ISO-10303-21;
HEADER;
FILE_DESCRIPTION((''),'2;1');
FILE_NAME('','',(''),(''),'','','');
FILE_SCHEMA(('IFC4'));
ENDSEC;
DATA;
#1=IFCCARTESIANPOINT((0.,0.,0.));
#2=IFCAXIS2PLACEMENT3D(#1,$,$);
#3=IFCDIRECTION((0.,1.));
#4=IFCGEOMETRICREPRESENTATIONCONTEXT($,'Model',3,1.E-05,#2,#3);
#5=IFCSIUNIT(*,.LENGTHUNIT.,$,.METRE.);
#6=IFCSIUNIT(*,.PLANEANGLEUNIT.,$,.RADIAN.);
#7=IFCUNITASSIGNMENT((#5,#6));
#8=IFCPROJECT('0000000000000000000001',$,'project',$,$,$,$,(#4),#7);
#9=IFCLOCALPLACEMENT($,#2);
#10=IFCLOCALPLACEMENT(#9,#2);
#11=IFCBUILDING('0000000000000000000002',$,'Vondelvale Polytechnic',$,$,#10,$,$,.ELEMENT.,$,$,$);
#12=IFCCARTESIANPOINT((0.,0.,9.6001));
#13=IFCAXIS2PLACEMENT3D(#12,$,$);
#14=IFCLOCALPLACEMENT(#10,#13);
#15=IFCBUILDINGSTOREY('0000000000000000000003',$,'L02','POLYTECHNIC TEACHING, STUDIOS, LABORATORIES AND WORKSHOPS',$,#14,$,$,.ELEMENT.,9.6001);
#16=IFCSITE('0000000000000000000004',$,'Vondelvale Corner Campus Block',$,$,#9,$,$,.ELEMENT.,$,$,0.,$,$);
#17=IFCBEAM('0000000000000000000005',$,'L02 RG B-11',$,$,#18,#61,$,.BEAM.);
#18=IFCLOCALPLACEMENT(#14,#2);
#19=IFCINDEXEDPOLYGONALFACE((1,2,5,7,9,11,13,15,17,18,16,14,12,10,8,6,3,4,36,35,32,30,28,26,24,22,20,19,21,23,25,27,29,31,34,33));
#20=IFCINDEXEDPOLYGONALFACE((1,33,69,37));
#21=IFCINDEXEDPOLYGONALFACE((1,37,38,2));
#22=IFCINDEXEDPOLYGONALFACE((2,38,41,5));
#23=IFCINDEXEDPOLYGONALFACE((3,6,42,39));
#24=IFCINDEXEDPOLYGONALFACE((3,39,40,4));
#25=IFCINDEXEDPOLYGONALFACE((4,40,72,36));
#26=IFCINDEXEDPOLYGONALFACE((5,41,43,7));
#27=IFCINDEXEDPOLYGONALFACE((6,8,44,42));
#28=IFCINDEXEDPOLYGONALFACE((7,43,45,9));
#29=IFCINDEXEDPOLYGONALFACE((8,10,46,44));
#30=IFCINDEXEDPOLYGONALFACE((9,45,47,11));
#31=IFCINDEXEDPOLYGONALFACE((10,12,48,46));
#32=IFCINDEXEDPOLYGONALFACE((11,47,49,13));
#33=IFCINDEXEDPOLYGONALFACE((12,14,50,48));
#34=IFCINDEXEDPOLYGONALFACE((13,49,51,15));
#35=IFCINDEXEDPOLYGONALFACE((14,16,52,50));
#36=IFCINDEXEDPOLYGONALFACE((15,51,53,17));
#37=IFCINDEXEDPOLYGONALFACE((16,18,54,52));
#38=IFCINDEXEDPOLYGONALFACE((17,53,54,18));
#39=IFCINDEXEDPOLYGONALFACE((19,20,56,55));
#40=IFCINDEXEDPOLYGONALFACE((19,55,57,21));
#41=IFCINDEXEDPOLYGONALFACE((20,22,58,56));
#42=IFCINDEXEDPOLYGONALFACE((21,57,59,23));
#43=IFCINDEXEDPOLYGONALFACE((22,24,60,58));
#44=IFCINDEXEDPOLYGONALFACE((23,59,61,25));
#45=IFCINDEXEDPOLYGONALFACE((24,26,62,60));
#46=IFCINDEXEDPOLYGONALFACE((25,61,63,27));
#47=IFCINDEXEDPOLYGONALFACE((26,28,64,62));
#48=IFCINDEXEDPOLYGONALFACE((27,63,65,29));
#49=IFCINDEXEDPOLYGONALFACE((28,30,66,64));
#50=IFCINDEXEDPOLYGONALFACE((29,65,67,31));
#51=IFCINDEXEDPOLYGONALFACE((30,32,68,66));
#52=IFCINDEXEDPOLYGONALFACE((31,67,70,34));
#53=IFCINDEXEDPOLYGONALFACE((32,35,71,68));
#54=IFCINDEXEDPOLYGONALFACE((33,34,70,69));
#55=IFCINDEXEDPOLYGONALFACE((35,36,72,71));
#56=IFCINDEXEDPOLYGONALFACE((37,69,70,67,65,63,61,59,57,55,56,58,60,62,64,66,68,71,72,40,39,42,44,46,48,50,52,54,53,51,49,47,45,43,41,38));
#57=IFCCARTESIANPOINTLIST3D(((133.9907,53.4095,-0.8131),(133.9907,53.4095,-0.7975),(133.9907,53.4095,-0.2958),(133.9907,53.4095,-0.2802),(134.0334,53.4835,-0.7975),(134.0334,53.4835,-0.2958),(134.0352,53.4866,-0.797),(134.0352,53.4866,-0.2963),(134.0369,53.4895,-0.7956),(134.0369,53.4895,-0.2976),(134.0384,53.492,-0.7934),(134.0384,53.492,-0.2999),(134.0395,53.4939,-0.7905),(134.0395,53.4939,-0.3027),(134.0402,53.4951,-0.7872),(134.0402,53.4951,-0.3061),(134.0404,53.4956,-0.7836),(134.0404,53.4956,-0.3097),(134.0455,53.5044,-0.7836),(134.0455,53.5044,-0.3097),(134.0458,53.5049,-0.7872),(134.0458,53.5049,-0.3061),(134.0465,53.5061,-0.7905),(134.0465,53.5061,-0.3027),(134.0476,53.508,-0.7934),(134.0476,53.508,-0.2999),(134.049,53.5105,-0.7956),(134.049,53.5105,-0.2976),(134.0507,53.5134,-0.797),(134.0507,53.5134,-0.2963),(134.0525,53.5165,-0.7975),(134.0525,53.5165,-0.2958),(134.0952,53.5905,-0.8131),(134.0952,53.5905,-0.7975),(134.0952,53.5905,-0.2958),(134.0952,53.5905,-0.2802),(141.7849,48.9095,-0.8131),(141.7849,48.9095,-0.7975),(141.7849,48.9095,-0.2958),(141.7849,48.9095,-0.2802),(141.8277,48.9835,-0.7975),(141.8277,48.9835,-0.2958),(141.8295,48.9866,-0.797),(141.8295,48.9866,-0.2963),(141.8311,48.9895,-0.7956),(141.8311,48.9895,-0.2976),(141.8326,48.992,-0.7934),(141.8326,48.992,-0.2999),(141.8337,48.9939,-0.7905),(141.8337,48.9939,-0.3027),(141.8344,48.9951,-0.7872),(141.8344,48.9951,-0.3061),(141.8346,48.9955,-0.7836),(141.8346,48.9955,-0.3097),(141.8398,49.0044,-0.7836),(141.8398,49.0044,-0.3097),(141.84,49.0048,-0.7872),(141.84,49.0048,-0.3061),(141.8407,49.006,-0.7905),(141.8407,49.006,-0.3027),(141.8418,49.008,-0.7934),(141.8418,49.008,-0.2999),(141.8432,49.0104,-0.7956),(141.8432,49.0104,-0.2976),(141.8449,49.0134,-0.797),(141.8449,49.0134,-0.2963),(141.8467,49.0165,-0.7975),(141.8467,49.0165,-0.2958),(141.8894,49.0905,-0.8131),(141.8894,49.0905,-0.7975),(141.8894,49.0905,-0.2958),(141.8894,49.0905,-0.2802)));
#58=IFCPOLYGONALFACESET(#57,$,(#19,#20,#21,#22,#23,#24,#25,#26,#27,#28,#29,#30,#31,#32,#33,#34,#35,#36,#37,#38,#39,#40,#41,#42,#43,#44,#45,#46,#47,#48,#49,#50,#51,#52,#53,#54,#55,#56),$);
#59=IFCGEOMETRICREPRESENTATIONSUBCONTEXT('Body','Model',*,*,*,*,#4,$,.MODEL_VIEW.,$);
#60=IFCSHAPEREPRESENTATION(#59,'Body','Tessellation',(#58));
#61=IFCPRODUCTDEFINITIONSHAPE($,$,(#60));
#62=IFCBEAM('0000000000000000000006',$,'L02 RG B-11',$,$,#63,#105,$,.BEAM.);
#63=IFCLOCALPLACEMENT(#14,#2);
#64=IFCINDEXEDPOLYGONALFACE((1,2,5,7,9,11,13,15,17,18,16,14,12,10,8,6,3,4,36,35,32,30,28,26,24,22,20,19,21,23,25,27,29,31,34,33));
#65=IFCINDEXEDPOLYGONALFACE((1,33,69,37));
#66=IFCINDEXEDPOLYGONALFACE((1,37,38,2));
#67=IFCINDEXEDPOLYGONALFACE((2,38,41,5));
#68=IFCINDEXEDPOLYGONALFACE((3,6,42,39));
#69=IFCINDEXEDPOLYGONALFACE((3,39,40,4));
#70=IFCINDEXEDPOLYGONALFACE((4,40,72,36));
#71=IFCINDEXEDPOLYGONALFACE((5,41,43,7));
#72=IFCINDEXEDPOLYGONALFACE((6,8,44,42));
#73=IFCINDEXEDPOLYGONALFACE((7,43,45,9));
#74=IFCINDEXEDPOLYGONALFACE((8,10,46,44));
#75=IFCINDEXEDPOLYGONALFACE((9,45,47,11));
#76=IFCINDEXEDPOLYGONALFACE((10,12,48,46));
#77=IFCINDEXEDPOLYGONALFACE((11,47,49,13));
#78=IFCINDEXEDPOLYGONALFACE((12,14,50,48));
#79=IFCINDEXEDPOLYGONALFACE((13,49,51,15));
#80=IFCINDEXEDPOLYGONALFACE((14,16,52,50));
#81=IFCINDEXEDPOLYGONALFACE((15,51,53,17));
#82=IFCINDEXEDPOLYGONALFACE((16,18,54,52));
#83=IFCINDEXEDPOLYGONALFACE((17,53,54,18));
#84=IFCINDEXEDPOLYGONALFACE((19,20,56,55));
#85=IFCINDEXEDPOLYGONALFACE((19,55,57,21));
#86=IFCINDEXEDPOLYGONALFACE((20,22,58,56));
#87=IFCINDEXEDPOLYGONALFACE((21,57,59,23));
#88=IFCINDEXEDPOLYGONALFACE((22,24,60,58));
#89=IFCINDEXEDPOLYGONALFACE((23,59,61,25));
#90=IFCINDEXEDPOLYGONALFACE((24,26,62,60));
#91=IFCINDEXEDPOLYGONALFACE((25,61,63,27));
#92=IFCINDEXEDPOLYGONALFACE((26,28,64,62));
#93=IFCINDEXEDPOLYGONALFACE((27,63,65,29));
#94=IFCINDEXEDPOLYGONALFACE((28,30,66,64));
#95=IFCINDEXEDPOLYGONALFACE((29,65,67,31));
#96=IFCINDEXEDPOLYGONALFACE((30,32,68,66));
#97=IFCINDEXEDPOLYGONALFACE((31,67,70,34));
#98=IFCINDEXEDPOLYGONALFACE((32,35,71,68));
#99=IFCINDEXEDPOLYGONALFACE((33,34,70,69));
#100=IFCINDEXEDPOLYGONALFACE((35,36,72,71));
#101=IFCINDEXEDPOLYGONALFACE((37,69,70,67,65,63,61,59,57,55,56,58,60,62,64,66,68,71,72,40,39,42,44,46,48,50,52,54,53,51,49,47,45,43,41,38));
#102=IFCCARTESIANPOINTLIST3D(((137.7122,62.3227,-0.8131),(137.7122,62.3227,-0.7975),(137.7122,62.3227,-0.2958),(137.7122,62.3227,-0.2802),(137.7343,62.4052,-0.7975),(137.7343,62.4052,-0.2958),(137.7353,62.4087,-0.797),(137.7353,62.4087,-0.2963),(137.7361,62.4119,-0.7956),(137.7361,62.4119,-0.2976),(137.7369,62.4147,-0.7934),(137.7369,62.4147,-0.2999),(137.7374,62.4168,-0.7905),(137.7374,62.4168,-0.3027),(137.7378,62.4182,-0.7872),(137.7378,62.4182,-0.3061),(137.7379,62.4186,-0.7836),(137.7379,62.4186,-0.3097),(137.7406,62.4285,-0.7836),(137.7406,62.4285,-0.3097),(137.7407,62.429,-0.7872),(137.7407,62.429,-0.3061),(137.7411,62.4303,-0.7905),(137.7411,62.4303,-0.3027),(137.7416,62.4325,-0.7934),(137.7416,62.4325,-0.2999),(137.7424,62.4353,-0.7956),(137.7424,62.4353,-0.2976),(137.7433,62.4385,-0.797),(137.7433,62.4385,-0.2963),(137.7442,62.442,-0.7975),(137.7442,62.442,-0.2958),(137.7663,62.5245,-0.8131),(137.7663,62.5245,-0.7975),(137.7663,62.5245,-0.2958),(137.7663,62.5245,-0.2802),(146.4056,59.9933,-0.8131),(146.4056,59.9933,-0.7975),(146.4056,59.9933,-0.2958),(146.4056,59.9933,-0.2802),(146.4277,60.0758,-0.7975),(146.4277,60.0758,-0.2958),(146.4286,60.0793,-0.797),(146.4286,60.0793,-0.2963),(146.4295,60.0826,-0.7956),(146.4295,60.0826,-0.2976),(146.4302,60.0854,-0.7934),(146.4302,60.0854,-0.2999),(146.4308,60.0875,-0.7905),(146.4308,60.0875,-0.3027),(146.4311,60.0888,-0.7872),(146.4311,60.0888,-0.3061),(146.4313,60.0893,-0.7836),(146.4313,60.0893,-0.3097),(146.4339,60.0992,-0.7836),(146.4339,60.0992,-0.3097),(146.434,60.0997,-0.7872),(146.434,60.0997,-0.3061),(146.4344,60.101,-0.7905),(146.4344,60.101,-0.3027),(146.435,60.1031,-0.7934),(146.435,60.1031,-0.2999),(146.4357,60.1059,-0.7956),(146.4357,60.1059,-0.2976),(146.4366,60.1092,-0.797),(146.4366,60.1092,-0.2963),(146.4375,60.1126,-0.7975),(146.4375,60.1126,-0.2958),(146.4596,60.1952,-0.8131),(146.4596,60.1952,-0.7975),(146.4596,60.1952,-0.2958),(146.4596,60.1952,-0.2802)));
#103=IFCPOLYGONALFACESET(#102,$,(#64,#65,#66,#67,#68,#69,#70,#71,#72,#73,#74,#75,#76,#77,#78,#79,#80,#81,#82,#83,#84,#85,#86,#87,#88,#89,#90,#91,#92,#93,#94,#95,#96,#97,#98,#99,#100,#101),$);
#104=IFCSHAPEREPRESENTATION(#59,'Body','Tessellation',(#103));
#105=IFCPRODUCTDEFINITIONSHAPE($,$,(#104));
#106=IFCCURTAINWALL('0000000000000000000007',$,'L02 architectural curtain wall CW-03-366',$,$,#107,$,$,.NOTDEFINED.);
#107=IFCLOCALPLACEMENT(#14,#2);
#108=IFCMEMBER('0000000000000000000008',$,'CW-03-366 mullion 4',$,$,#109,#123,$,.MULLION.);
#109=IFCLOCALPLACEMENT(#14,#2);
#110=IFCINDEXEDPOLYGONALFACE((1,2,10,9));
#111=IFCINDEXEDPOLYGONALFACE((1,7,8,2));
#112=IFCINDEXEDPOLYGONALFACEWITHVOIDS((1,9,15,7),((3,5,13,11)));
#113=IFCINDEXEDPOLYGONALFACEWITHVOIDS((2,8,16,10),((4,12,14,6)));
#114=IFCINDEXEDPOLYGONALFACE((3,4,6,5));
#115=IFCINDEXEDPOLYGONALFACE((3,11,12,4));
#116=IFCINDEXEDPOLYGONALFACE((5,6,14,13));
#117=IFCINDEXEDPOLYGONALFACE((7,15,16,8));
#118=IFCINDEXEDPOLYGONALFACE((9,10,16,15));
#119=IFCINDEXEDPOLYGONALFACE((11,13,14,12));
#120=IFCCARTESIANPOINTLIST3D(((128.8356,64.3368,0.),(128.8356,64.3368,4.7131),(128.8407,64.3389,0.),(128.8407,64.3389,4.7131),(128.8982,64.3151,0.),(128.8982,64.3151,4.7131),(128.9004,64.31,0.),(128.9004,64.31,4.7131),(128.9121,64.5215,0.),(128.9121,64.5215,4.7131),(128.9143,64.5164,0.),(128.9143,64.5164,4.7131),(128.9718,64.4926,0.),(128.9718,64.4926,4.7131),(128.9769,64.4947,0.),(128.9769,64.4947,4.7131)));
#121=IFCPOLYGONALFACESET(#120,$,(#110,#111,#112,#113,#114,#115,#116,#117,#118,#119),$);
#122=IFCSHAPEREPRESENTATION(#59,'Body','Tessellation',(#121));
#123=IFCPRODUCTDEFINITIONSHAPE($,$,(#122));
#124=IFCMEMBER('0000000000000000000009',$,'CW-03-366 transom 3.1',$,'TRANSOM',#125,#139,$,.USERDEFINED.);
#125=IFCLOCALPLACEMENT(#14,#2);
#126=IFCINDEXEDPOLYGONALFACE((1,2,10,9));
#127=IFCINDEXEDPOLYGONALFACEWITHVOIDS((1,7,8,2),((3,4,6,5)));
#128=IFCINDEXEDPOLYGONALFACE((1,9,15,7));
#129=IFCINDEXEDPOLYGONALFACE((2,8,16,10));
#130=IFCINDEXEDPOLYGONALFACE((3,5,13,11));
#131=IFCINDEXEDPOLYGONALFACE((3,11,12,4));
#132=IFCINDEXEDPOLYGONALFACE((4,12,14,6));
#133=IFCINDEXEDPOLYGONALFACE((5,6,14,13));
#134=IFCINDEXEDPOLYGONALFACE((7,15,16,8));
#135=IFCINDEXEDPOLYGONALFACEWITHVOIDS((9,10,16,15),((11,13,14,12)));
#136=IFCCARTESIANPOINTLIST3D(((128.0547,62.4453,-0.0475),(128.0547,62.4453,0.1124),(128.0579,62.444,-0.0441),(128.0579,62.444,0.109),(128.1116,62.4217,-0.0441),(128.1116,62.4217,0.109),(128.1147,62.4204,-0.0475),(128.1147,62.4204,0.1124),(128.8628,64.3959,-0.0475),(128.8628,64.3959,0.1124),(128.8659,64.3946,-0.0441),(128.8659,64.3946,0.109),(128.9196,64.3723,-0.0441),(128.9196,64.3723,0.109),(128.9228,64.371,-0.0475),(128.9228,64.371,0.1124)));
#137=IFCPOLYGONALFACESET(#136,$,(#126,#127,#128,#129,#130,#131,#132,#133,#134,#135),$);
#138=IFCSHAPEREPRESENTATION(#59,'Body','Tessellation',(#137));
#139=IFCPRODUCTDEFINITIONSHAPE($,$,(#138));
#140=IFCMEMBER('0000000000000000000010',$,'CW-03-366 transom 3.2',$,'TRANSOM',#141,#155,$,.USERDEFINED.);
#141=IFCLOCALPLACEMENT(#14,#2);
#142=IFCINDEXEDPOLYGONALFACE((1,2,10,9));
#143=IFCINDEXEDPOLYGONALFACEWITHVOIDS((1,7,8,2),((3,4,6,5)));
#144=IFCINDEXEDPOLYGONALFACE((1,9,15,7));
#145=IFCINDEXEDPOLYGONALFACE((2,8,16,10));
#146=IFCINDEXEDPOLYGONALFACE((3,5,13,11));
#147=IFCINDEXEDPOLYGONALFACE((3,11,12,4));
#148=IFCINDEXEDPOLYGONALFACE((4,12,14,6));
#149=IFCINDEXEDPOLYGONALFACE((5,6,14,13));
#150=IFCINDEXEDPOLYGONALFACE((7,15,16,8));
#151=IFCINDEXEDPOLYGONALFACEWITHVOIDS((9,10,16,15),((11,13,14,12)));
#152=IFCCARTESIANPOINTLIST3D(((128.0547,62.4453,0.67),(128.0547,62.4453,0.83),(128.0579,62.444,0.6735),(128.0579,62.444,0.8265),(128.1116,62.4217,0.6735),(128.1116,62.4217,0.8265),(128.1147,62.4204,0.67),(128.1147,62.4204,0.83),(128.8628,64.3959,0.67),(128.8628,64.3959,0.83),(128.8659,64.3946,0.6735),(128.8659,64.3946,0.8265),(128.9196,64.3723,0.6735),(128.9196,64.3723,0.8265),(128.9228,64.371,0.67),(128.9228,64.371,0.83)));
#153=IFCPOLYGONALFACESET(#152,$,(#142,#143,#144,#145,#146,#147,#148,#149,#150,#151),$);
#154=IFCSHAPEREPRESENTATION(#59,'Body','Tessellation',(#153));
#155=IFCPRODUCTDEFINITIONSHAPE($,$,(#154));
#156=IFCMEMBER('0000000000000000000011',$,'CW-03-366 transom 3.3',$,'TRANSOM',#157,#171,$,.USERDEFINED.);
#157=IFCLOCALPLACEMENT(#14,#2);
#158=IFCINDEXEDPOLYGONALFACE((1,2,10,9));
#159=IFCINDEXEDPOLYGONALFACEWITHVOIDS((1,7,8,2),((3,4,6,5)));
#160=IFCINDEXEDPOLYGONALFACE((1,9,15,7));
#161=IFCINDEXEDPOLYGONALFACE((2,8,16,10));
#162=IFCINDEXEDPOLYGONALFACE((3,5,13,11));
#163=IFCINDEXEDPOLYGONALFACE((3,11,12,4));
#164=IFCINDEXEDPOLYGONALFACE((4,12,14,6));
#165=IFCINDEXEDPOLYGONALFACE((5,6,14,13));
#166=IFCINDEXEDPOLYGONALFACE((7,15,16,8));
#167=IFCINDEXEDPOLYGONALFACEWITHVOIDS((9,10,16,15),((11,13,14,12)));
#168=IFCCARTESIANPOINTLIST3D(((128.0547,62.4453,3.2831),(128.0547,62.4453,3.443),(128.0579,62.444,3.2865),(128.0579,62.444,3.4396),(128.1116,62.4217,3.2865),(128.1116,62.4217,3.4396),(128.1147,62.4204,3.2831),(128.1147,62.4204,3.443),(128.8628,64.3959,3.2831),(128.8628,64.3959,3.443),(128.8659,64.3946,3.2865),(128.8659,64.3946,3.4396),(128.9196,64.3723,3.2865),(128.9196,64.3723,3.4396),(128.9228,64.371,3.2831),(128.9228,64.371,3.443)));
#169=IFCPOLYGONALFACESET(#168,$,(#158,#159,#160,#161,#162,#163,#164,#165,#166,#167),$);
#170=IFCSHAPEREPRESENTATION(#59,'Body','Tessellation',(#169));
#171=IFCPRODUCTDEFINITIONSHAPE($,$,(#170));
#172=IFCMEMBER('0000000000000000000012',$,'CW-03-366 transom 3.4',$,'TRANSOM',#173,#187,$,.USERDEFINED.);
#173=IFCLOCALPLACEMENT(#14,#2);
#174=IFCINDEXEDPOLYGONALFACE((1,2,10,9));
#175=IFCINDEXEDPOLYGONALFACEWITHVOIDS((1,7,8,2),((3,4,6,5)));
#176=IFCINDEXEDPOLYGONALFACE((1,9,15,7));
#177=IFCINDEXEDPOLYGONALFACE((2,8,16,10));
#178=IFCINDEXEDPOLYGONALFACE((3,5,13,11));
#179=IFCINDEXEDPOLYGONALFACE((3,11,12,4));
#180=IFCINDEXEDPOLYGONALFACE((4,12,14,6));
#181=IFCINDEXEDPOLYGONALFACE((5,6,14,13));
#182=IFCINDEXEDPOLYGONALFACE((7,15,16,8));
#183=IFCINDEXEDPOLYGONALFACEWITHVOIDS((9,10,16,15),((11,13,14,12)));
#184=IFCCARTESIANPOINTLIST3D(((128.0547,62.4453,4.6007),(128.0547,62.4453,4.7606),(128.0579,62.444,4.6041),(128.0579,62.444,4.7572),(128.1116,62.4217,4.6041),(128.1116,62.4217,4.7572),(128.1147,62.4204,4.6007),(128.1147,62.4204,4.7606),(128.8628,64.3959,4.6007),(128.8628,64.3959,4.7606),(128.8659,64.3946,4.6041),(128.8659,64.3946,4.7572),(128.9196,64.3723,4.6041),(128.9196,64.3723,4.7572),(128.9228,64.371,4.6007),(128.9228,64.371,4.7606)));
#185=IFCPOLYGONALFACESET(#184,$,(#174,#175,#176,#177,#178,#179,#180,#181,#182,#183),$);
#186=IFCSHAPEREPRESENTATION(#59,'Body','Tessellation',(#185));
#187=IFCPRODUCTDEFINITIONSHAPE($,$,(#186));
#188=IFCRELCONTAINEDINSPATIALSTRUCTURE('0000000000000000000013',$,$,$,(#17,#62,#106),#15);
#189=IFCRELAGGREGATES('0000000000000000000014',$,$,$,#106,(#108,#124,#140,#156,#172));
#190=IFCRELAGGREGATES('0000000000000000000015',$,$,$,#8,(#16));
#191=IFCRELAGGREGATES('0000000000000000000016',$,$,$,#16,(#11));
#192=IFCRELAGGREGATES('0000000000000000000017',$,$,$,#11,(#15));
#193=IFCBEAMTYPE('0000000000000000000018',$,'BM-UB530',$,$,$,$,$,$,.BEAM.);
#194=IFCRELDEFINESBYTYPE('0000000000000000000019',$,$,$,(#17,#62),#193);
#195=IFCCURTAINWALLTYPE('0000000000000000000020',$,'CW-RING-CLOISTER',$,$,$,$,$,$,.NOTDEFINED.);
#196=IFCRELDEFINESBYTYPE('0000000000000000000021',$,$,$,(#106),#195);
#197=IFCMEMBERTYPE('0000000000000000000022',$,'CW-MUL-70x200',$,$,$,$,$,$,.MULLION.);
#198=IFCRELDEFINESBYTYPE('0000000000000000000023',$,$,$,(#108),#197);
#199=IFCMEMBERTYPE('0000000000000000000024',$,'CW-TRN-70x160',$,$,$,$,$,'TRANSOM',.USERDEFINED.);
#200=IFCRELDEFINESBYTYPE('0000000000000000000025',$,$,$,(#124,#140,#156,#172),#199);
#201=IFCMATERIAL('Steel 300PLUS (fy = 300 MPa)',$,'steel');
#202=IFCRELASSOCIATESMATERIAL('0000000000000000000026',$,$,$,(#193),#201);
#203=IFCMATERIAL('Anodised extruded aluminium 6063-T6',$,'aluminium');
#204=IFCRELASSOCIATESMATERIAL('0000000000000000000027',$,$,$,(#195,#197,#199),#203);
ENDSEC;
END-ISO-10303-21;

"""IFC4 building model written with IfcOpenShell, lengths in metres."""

from ifc_helpers import new_model, si_unit, direction, frame, origin, origin_2d, place, context, subcontext, project, spatial, hollow_rectangle, i_section, extrude, material, material_profile, profile_set, type_object, element, aggregate, save


model = new_model("IFC4")

# Units and contexts
model_context = context("Model", 3, precision=1e-05, world=origin(), true_north=direction((0.0, 1.0)))
body_context = subcontext(model_context, "Body", "Model", "MODEL_VIEW")
ifc_project = project(units=[si_unit("LENGTHUNIT", "METRE"), si_unit("PLANEANGLEUNIT", "RADIAN")], contexts=[model_context])

# Site, building, storey
site_placement = place(None, origin())
site = spatial("IfcSite", under=ifc_project, at=site_placement, Name="Vondelvale Corner Campus Block", CompositionType="ELEMENT", RefElevation=0.0)
building_placement = place(site_placement, origin())
building = spatial("IfcBuilding", under=site, at=building_placement, Name="Vondelvale Polytechnic", CompositionType="ELEMENT")
storey_placement = place(building_placement, frame((0.0, 0.0, 9.6001)))
storey = spatial("IfcBuildingStorey", under=building, at=storey_placement, Name="L02", Description="POLYTECHNIC TEACHING, STUDIOS, LABORATORIES AND WORKSHOPS", CompositionType="ELEMENT", Elevation=9.6001)

# Shared definitions
ifc_material_1 = material(Name="Steel 300PLUS (fy = 300 MPa)", Category="steel")

# Beams
ifc_material_profile_1 = material_profile(ifc_material_1, i_section(OverallWidth=0.209, OverallDepth=0.533, WebThickness=0.0103, FlangeThickness=0.0156, FilletRadius=0.0139, at=origin_2d()), Name="530UB92.4")
ifc_profile_set_1 = profile_set([ifc_material_profile_1], Name="Steel 300PLUS (fy = 300 MPa)")
beam_type_1 = type_object("IfcBeamType", Name="BM-UB530", PredefinedType="BEAM", material=ifc_profile_set_1)
for number, where, z_axis, x_axis, name in (
    (1, (134.043, 53.5, -0.5466), (0.866024, -0.500002, 0.0), (0.500002, 0.866024, 0.0), "L02 RG B-11"),
    (2, (137.7393, 62.4236, -0.5466), (0.965927, -0.258816, 0.0), (0.258816, 0.965927, 0.0), "L02 RG B-11"),
):
    element("IfcBeam", number, at=place(storey_placement, frame(where, z_axis=z_axis, x_axis=x_axis)), inside=storey, type_object=beam_type_1, Name=name, PredefinedType="BEAM", context=body_context, shape_type="SweptSolid", body=[
        extrude(i_section(OverallWidth=0.209, OverallDepth=0.533, WebThickness=0.0103, FlangeThickness=0.0156, FilletRadius=0.0139, at=origin_2d()), origin(), (0.0, 0.0, 1.0), 9.0),
    ])

# Curtain wall, members
ifc_material_2 = material(Name="Anodised extruded aluminium 6063-T6", Category="aluminium")
curtain_wall_type = type_object("IfcCurtainWallType", Name="CW-RING-CLOISTER", PredefinedType="NOTDEFINED", material=ifc_material_2)
curtain_wall_placement = place(storey_placement, origin())
curtain_wall = element("IfcCurtainWall", 3, at=curtain_wall_placement, inside=storey, type_object=curtain_wall_type, Name="L02 architectural curtain wall CW-03-366", PredefinedType="NOTDEFINED")
ifc_material_profile_2 = material_profile(ifc_material_2, hollow_rectangle(XDim=0.0701, YDim=0.2, WallThickness=0.0039, at=origin_2d()), Name="CW-MUL-200x70")
ifc_profile_set_2 = profile_set([ifc_material_profile_2], Name="Anodised extruded aluminium 6063-T6")
member_type_1 = type_object("IfcMemberType", Name="CW-MUL-70x200", PredefinedType="MULLION", material=ifc_profile_set_2)
member_1_placement = place(storey_placement, frame((128.9062, 64.4158, 0.0), z_axis=(0.0, 0.0, 1.0), x_axis=(-0.923882, 0.382679, 0.0)))
member_1 = element("IfcMember", 4, at=member_1_placement, type_object=member_type_1, Name="CW-03-366 mullion 4", PredefinedType="MULLION", context=body_context, shape_type="SweptSolid", body=[
    extrude(hollow_rectangle(XDim=0.0701, YDim=0.2, WallThickness=0.0039, at=origin_2d()), origin(), (0.0, 0.0, 1.0), 4.7131),
])
ifc_material_profile_3 = material_profile(ifc_material_2, hollow_rectangle(XDim=0.0649, YDim=0.1599, WallThickness=0.0034, at=origin_2d()), Name="CW-TRN-160x65")
ifc_profile_set_3 = profile_set([ifc_material_profile_3], Name="Anodised extruded aluminium 6063-T6")
member_type_2 = type_object("IfcMemberType", Name="CW-TRN-70x160", ElementType="TRANSOM", PredefinedType="USERDEFINED", material=ifc_profile_set_3)
member_2_placement = place(storey_placement, frame((128.0847, 62.4329, 0.0325), z_axis=(0.382726, 0.923862, 0.0), x_axis=(-0.923862, 0.382726, 0.0)))
member_2 = element("IfcMember", 5, at=member_2_placement, type_object=member_type_2, Name="CW-03-366 transom 3.1", ObjectType="TRANSOM", PredefinedType="USERDEFINED", context=body_context, shape_type="SweptSolid", body=[
    extrude(hollow_rectangle(XDim=0.0649, YDim=0.1599, WallThickness=0.0034, at=origin_2d()), origin(), (0.0, 0.0, 1.0), 2.1113),
])
member_3_placement = place(storey_placement, frame((128.0847, 62.4329, 0.75), z_axis=(0.382726, 0.923862, 0.0), x_axis=(-0.923862, 0.382726, 0.0)))
member_3 = element("IfcMember", 6, at=member_3_placement, type_object=member_type_2, Name="CW-03-366 transom 3.2", ObjectType="TRANSOM", PredefinedType="USERDEFINED", context=body_context, shape_type="SweptSolid", body=[
    extrude(hollow_rectangle(XDim=0.0649, YDim=0.1599, WallThickness=0.0034, at=origin_2d()), origin(), (0.0, 0.0, 1.0), 2.1113),
])
member_4_placement = place(storey_placement, frame((128.0847, 62.4329, 3.363), z_axis=(0.382726, 0.923862, 0.0), x_axis=(-0.923862, 0.382726, 0.0)))
member_4 = element("IfcMember", 7, at=member_4_placement, type_object=member_type_2, Name="CW-03-366 transom 3.3", ObjectType="TRANSOM", PredefinedType="USERDEFINED", context=body_context, shape_type="SweptSolid", body=[
    extrude(hollow_rectangle(XDim=0.0649, YDim=0.1599, WallThickness=0.0034, at=origin_2d()), origin(), (0.0, 0.0, 1.0), 2.1113),
])
member_5_placement = place(storey_placement, frame((128.0847, 62.4329, 4.6807), z_axis=(0.382726, 0.923862, 0.0), x_axis=(-0.923862, 0.382726, 0.0)))
member_5 = element("IfcMember", 8, at=member_5_placement, type_object=member_type_2, Name="CW-03-366 transom 3.4", ObjectType="TRANSOM", PredefinedType="USERDEFINED", context=body_context, shape_type="SweptSolid", body=[
    extrude(hollow_rectangle(XDim=0.0649, YDim=0.1599, WallThickness=0.0034, at=origin_2d()), origin(), (0.0, 0.0, 1.0), 2.1113),
])

aggregate(curtain_wall, [member_1, member_2, member_3, member_4, member_5])

save(model, "model.ifc")
